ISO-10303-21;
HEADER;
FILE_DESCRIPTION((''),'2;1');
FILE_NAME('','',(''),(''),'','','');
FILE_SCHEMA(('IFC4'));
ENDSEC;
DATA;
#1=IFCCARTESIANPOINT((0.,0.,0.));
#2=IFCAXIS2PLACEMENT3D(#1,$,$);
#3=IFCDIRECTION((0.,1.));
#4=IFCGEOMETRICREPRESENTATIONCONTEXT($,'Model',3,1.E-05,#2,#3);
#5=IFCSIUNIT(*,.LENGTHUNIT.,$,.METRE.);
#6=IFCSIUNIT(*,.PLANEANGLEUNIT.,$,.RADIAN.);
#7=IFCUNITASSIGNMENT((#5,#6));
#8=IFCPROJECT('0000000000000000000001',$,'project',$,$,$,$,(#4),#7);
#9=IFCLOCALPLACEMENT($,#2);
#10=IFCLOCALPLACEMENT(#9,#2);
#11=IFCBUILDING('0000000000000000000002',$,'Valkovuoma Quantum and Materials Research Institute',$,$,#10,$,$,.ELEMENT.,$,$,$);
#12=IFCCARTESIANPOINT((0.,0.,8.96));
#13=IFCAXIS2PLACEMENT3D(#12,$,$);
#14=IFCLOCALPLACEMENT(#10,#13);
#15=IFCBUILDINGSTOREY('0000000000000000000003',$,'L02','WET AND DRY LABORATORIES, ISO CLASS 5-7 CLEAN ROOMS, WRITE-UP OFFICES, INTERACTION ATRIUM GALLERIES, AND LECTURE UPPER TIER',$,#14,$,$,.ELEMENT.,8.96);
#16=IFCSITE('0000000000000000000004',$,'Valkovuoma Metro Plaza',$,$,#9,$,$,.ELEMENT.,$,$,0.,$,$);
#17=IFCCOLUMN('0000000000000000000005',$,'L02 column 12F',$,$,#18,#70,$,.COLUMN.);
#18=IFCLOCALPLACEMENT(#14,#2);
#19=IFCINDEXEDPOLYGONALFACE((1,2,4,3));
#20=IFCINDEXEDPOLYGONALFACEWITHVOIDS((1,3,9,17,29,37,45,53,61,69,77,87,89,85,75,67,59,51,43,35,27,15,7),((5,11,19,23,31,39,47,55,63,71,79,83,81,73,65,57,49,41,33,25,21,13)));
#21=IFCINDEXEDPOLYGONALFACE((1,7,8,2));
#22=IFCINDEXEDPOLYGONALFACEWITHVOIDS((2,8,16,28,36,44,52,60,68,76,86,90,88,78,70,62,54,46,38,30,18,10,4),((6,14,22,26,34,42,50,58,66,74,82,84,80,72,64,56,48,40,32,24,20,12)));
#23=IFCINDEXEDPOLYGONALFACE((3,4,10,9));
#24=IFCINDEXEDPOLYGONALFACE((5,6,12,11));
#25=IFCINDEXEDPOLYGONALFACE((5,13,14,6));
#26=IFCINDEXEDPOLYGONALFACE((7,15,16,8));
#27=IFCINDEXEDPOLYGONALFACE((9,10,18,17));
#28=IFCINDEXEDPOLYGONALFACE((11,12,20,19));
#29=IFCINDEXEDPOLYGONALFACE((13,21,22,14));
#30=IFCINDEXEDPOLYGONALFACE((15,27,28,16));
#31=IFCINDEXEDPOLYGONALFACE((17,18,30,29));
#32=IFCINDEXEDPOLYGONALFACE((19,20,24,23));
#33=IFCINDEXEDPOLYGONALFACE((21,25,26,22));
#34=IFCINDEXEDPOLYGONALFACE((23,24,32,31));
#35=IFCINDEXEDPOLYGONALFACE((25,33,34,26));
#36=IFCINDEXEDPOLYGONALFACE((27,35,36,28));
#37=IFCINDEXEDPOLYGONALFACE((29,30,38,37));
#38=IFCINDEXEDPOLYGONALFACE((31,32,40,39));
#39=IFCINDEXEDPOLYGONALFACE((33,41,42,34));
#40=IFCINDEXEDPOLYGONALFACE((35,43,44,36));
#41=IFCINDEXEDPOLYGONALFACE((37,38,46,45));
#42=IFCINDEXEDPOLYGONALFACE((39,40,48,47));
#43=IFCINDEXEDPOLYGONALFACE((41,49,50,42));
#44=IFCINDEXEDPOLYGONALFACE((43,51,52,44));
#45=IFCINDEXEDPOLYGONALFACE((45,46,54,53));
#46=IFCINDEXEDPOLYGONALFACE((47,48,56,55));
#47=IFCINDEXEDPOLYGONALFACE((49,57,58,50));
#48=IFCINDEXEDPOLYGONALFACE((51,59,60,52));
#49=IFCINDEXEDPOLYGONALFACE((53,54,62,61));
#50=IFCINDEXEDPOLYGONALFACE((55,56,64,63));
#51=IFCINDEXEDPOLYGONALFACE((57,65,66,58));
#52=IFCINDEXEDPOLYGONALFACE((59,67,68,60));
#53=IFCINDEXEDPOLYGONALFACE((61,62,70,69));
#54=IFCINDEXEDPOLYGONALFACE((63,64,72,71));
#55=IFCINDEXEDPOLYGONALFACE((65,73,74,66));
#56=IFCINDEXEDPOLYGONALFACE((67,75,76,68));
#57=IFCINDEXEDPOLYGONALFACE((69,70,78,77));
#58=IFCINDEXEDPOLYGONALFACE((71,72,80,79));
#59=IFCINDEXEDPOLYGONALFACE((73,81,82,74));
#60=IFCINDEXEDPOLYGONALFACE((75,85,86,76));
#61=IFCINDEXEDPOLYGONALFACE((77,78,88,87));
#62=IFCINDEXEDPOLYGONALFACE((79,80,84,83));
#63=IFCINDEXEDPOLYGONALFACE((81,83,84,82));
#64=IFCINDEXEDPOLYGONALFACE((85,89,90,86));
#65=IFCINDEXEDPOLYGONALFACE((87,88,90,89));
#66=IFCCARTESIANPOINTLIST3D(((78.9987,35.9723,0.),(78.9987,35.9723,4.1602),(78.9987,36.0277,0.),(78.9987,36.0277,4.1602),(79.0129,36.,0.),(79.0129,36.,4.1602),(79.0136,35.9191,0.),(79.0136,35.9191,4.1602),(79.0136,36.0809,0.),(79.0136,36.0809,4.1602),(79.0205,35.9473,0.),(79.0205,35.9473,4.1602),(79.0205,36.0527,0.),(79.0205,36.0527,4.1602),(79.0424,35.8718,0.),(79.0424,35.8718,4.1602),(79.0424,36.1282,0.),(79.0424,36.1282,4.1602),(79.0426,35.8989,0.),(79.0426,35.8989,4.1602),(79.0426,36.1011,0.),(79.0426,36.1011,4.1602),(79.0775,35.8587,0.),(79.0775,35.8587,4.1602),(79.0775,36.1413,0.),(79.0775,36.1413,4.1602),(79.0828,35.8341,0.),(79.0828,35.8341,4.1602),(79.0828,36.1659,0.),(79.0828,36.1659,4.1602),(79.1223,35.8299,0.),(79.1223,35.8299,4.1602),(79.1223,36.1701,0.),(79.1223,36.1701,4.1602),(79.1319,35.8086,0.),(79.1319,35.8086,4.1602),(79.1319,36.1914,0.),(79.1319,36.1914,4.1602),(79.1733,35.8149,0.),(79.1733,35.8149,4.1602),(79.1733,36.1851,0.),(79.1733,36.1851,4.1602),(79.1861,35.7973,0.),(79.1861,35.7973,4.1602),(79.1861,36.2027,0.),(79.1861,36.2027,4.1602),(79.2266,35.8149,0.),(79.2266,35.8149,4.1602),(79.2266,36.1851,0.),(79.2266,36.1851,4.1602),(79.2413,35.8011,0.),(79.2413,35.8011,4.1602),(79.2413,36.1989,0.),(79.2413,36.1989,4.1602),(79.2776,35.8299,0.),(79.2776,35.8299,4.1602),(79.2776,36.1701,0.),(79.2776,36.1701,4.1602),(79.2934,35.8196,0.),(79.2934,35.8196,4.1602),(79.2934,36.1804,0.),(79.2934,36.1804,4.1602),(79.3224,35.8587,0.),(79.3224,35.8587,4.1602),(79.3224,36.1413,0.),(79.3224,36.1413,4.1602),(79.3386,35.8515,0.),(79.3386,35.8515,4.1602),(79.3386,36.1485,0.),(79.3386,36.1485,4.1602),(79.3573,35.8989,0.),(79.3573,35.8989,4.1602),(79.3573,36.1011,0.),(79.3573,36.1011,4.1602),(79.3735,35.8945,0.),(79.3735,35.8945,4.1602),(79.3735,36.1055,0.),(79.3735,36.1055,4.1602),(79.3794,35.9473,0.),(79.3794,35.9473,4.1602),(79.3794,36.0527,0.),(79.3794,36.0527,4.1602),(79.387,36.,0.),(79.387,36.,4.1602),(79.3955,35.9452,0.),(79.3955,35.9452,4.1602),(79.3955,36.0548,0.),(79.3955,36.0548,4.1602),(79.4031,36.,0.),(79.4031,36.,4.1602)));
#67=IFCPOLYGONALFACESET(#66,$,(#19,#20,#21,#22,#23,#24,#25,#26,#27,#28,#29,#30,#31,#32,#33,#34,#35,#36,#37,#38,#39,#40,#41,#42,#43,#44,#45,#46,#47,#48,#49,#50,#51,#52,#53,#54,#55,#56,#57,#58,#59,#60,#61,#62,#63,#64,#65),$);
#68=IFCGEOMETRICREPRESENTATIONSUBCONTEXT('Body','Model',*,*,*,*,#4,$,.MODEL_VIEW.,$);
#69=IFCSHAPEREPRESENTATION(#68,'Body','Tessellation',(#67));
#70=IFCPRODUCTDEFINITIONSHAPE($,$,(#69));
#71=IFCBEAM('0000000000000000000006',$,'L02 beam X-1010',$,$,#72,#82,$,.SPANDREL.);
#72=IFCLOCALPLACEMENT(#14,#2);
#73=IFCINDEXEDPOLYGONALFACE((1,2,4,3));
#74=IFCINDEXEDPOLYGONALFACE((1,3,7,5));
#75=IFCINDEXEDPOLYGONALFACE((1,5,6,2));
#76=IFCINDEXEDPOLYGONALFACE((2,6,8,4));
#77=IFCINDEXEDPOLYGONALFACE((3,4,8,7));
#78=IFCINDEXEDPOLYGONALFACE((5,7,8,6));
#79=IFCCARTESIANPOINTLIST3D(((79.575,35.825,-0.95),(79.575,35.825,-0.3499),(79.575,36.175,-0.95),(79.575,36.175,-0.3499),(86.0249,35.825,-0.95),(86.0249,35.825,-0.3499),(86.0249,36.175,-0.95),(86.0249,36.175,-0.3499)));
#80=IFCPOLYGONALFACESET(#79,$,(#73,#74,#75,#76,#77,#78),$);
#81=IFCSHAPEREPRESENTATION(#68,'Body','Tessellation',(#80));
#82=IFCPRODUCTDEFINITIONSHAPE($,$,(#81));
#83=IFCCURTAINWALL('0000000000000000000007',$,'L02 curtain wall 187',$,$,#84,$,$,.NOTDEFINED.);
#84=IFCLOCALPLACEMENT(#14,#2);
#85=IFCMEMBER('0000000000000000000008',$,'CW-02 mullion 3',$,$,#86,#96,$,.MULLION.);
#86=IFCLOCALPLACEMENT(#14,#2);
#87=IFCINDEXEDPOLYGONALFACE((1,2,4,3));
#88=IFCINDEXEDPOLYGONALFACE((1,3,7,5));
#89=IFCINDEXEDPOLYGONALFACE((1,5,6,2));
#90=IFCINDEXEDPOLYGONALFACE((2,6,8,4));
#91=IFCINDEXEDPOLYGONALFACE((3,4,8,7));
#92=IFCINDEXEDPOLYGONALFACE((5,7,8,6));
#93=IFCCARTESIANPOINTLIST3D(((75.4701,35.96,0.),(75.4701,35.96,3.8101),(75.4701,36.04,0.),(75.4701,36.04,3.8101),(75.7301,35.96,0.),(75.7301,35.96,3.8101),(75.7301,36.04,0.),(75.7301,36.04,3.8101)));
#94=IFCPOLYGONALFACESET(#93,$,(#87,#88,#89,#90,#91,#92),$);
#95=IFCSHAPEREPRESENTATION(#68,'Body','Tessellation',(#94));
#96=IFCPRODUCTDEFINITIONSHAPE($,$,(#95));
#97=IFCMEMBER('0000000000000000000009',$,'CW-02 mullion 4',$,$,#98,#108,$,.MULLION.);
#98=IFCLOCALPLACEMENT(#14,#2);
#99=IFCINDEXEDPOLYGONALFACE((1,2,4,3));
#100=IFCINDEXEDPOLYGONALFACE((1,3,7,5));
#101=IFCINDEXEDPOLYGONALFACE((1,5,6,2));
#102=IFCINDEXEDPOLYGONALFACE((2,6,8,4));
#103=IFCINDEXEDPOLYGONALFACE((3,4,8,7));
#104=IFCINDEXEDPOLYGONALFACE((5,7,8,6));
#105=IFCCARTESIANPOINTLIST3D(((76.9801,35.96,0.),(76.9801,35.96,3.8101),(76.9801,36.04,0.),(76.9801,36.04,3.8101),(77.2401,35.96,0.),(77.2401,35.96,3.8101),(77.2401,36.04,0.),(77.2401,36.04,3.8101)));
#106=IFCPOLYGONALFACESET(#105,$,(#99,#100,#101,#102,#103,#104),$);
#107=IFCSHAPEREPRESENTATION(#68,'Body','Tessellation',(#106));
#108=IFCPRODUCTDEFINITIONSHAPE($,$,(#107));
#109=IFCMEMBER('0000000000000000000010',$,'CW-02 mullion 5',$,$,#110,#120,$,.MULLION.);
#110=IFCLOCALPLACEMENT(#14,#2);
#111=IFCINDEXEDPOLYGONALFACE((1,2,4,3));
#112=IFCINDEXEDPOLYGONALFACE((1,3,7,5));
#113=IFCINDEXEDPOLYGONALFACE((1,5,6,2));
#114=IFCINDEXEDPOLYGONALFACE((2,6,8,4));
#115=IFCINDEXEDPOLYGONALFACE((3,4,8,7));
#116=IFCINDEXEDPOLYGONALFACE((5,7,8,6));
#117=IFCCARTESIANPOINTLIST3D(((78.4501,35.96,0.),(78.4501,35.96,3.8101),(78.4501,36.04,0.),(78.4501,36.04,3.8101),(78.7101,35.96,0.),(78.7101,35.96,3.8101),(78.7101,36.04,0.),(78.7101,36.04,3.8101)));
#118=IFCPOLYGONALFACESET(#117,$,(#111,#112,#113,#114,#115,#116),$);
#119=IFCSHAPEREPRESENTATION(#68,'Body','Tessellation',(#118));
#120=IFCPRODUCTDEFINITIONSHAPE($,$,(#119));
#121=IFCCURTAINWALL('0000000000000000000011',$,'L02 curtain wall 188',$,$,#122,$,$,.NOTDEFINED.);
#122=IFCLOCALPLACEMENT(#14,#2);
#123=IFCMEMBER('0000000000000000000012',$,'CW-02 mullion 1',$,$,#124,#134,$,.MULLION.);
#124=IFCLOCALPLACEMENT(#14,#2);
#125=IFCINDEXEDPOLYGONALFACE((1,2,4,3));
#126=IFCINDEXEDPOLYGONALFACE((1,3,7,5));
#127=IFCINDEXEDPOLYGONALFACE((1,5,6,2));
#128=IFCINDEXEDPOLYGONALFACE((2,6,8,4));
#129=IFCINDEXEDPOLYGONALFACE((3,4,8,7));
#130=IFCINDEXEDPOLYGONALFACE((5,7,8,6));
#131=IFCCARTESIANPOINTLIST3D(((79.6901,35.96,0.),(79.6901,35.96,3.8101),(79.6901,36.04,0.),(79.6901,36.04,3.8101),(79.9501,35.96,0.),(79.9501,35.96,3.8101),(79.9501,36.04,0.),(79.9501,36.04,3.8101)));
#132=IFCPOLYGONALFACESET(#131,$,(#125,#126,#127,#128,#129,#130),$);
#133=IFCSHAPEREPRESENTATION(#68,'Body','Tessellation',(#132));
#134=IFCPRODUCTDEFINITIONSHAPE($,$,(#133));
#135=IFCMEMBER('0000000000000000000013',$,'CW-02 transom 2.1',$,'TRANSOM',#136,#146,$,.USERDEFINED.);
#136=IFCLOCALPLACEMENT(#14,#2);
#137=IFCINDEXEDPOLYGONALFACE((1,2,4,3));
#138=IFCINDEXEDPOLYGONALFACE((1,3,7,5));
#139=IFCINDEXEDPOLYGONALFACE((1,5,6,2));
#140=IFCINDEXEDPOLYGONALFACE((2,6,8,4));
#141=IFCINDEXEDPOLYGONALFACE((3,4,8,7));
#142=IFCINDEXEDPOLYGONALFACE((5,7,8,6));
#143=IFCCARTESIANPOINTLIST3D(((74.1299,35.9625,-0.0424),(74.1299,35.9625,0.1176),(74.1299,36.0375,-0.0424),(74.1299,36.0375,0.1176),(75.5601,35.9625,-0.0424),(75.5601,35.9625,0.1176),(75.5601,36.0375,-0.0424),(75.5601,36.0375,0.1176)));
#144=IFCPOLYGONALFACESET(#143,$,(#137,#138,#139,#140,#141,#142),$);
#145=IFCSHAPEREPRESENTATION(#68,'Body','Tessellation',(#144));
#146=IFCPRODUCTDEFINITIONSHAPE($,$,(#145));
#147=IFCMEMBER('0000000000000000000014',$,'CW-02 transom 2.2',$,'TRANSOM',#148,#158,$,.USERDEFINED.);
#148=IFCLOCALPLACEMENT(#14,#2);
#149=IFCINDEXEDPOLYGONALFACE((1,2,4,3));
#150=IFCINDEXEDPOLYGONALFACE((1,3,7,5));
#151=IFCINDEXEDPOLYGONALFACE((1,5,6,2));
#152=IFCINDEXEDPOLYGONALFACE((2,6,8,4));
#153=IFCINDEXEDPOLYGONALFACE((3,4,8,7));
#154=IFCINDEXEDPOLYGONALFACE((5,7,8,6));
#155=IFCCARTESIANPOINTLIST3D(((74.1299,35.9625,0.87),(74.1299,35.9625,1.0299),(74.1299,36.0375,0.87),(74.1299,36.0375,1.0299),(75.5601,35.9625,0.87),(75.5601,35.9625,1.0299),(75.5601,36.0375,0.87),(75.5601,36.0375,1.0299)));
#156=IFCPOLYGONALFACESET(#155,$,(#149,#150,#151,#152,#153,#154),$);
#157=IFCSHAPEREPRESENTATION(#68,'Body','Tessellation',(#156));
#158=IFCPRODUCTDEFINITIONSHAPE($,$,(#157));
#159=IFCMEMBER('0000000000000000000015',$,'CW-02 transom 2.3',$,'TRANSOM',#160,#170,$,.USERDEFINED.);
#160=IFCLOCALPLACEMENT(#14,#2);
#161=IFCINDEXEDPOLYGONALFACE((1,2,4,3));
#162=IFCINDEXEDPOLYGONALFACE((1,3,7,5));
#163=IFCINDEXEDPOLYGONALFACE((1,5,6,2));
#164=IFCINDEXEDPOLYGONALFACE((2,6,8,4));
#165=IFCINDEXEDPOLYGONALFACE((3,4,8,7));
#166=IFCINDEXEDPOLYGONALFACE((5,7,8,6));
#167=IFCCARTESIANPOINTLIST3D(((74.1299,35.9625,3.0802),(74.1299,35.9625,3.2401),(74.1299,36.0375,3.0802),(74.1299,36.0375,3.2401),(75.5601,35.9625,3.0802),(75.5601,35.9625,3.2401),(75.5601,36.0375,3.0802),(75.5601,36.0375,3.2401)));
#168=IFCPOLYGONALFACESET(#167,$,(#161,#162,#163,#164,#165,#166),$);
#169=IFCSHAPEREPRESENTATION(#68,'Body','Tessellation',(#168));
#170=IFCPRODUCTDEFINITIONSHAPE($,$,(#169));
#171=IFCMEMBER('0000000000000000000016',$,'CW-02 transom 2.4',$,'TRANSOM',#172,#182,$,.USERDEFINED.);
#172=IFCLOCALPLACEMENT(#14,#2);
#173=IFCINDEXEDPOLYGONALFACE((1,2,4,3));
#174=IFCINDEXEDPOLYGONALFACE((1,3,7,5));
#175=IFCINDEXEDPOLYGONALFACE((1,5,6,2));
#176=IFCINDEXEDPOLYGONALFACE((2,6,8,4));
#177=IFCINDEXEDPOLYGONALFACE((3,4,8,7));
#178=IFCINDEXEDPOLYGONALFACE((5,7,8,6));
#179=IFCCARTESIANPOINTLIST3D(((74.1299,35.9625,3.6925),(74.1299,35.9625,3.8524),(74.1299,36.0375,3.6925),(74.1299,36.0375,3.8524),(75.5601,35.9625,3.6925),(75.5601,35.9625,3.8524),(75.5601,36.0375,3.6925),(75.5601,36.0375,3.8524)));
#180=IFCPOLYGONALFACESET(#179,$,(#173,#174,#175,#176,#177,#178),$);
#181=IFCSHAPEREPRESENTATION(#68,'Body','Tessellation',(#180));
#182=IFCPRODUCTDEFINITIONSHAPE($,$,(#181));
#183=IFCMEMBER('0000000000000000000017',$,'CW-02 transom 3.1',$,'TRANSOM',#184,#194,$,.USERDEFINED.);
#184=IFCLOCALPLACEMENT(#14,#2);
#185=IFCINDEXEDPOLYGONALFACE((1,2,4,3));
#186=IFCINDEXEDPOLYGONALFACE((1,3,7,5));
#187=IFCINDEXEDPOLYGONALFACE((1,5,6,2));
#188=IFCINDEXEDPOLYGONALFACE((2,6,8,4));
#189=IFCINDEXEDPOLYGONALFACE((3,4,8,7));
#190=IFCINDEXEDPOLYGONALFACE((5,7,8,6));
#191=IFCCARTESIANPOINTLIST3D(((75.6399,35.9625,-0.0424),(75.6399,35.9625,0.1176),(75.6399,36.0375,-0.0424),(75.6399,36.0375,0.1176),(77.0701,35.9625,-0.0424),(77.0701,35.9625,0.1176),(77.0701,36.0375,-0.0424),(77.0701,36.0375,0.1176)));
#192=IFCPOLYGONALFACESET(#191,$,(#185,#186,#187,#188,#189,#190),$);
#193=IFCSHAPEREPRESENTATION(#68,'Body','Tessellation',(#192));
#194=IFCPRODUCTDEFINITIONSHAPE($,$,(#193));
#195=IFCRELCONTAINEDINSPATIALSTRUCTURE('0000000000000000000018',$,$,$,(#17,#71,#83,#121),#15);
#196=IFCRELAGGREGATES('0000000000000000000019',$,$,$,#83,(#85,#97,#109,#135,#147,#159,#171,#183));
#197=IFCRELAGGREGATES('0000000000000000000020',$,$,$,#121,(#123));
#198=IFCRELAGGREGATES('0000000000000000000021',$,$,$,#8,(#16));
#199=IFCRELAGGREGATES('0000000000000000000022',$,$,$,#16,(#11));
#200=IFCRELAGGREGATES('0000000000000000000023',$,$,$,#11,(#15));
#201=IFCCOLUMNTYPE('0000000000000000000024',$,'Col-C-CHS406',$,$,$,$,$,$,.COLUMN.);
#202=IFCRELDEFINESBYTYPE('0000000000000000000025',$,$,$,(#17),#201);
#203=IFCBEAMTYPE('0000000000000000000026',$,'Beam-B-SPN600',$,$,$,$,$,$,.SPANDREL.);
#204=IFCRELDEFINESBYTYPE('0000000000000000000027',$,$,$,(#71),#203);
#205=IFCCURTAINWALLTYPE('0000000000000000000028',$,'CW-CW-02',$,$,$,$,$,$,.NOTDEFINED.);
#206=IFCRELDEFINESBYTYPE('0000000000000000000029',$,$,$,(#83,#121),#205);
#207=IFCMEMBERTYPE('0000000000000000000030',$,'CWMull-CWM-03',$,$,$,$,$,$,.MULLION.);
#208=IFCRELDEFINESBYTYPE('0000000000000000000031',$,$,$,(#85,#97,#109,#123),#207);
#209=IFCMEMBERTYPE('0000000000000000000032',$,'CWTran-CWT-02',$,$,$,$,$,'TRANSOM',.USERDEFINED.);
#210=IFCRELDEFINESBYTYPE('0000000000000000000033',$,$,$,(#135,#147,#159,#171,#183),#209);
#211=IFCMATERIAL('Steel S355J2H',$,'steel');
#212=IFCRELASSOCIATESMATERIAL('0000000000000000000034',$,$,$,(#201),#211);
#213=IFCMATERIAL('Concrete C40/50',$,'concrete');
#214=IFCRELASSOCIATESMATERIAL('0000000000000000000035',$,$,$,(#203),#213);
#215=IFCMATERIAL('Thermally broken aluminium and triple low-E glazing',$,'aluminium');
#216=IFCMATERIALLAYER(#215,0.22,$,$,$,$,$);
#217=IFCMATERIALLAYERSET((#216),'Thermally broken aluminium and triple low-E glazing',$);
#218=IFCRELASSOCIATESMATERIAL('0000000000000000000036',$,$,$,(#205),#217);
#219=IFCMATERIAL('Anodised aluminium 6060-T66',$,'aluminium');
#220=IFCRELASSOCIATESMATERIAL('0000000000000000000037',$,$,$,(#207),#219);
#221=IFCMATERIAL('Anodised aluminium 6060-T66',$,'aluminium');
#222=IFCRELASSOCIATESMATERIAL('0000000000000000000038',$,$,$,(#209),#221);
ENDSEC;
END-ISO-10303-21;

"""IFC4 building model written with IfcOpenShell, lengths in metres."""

from ifc_helpers import new_model, si_unit, direction, frame, origin, origin_2d, place, context, subcontext, project, spatial, rectangle, hollow_circle, extrude, material, layer, layer_set, material_profile, profile_set, type_object, element, aggregate, save


model = new_model("IFC4")

# Units and contexts
model_context = context("Model", 3, precision=1e-05, world=origin(), true_north=direction((0.0, 1.0)))
body_context = subcontext(model_context, "Body", "Model", "MODEL_VIEW")
ifc_project = project(units=[si_unit("LENGTHUNIT", "METRE"), si_unit("PLANEANGLEUNIT", "RADIAN")], contexts=[model_context])

# Site, building, storey
site_placement = place(None, origin())
site = spatial("IfcSite", under=ifc_project, at=site_placement, Name="Valkovuoma Metro Plaza", CompositionType="ELEMENT", RefElevation=0.0)
building_placement = place(site_placement, origin())
building = spatial("IfcBuilding", under=site, at=building_placement, Name="Valkovuoma Quantum and Materials Research Institute", CompositionType="ELEMENT")
storey_placement = place(building_placement, frame((0.0, 0.0, 8.96)))
storey = spatial("IfcBuildingStorey", under=building, at=storey_placement, Name="L02", Description="WET AND DRY LABORATORIES, ISO CLASS 5-7 CLEAN ROOMS, WRITE-UP OFFICES, INTERACTION ATRIUM GALLERIES, AND LECTURE UPPER TIER", CompositionType="ELEMENT", Elevation=8.96)

# Column
ifc_material_1 = material(Name="Steel S355J2H", Category="steel")
ifc_material_profile_1 = material_profile(ifc_material_1, hollow_circle(Radius=0.2031, WallThickness=0.0161, at=origin_2d()), Name="Steel S355J2H")
ifc_profile_set_1 = profile_set([ifc_material_profile_1], Name="Steel S355J2H")
column_type = type_object("IfcColumnType", Name="Col-C-CHS406", PredefinedType="COLUMN", material=ifc_profile_set_1)
column_placement = place(storey_placement, frame((79.2, 36.0, 0.0), z_axis=(0.0, 0.0, 1.0), x_axis=(1.0, 0.0, 0.0)))
element("IfcColumn", 1, at=column_placement, inside=storey, type_object=column_type, Name="L02 column 12F", PredefinedType="COLUMN", context=body_context, shape_type="SweptSolid", body=[
    extrude(hollow_circle(Radius=0.2031, WallThickness=0.0161, at=origin_2d()), origin(), (0.0, 0.0, 1.0), 4.1602),
])

# Beam
ifc_material_2 = material(Name="Concrete C40/50", Category="concrete")
ifc_material_profile_2 = material_profile(ifc_material_2, rectangle(XDim=0.3501, YDim=0.6001, at=origin_2d()), Name="Concrete C40/50")
ifc_profile_set_2 = profile_set([ifc_material_profile_2], Name="Concrete C40/50")
beam_type = type_object("IfcBeamType", Name="Beam-B-SPN600", PredefinedType="SPANDREL", material=ifc_profile_set_2)
beam_placement = place(storey_placement, frame((79.575, 36.0, -0.6499), z_axis=(1.0, 0.0, 0.0), x_axis=(0.0, 1.0, 0.0)))
element("IfcBeam", 2, at=beam_placement, inside=storey, type_object=beam_type, Name="L02 beam X-1010", PredefinedType="SPANDREL", context=body_context, shape_type="SweptSolid", body=[
    extrude(rectangle(XDim=0.3501, YDim=0.6001, at=origin_2d()), origin(), (0.0, 0.0, 1.0), 6.45),
])

# Curtain wall, members
ifc_material_3 = material(Name="Thermally broken aluminium and triple low-E glazing", Category="aluminium")
ifc_layer_1 = layer(ifc_material_3, 0.22)
ifc_layer_set_1 = layer_set([ifc_layer_1], Name="Thermally broken aluminium and triple low-E glazing")
curtain_wall_type = type_object("IfcCurtainWallType", Name="CW-CW-02", PredefinedType="NOTDEFINED", material=ifc_layer_set_1)
curtain_wall_1_placement = place(storey_placement, origin())
curtain_wall_1 = element("IfcCurtainWall", 3, at=curtain_wall_1_placement, inside=storey, type_object=curtain_wall_type, Name="L02 curtain wall 187", PredefinedType="NOTDEFINED")
ifc_material_4 = material(Name="Anodised aluminium 6060-T66", Category="aluminium")
ifc_material_profile_3 = material_profile(ifc_material_4, rectangle(XDim=0.0801, YDim=0.26, at=origin_2d()), Name="Anodised aluminium 6060-T66")
ifc_profile_set_3 = profile_set([ifc_material_profile_3], Name="Anodised aluminium 6060-T66")
member_type_1 = type_object("IfcMemberType", Name="CWMull-CWM-03", PredefinedType="MULLION", material=ifc_profile_set_3)
member_1_placement = place(storey_placement, frame((75.6001, 36.0, 0.0), z_axis=(0.0, 0.0, 1.0), x_axis=(0.0, 1.0, 0.0)))
member_1 = element("IfcMember", 4, at=member_1_placement, type_object=member_type_1, Name="CW-02 mullion 3", PredefinedType="MULLION", context=body_context, shape_type="SweptSolid", body=[
    extrude(rectangle(XDim=0.0801, YDim=0.26, at=origin_2d()), origin(), (0.0, 0.0, 1.0), 3.8101),
])
member_2_placement = place(storey_placement, frame((77.1101, 36.0, 0.0), z_axis=(0.0, 0.0, 1.0), x_axis=(0.0, 1.0, 0.0)))
member_2 = element("IfcMember", 5, at=member_2_placement, type_object=member_type_1, Name="CW-02 mullion 4", PredefinedType="MULLION", context=body_context, shape_type="SweptSolid", body=[
    extrude(rectangle(XDim=0.0801, YDim=0.26, at=origin_2d()), origin(), (0.0, 0.0, 1.0), 3.8101),
])
member_3_placement = place(storey_placement, frame((78.5801, 36.0, 0.0), z_axis=(0.0, 0.0, 1.0), x_axis=(0.0, 1.0, 0.0)))
member_3 = element("IfcMember", 6, at=member_3_placement, type_object=member_type_1, Name="CW-02 mullion 5", PredefinedType="MULLION", context=body_context, shape_type="SweptSolid", body=[
    extrude(rectangle(XDim=0.0801, YDim=0.26, at=origin_2d()), origin(), (0.0, 0.0, 1.0), 3.8101),
])

# Curtain wall, member
curtain_wall_2_placement = place(storey_placement, origin())
curtain_wall_2 = element("IfcCurtainWall", 7, at=curtain_wall_2_placement, inside=storey, type_object=curtain_wall_type, Name="L02 curtain wall 188", PredefinedType="NOTDEFINED")
member_4_placement = place(storey_placement, frame((79.8201, 36.0, 0.0), z_axis=(0.0, 0.0, 1.0), x_axis=(0.0, 1.0, 0.0)))
member_4 = element("IfcMember", 8, at=member_4_placement, type_object=member_type_1, Name="CW-02 mullion 1", PredefinedType="MULLION", context=body_context, shape_type="SweptSolid", body=[
    extrude(rectangle(XDim=0.0801, YDim=0.26, at=origin_2d()), origin(), (0.0, 0.0, 1.0), 3.8101),
])

# Members
ifc_material_5 = material(Name="Anodised aluminium 6060-T66", Category="aluminium")
ifc_material_profile_4 = material_profile(ifc_material_5, rectangle(XDim=0.075, YDim=0.1599, at=origin_2d()), Name="Anodised aluminium 6060-T66")
ifc_profile_set_4 = profile_set([ifc_material_profile_4], Name="Anodised aluminium 6060-T66")
member_type_2 = type_object("IfcMemberType", Name="CWTran-CWT-02", ElementType="TRANSOM", PredefinedType="USERDEFINED", material=ifc_profile_set_4)
member_5_placement = place(storey_placement, frame((74.1299, 36.0, 0.0376), z_axis=(1.0, 0.0, 0.0), x_axis=(0.0, 1.0, 0.0)))
member_5 = element("IfcMember", 9, at=member_5_placement, type_object=member_type_2, Name="CW-02 transom 2.1", ObjectType="TRANSOM", PredefinedType="USERDEFINED", context=body_context, shape_type="SweptSolid", body=[
    extrude(rectangle(XDim=0.075, YDim=0.1599, at=origin_2d()), origin(), (0.0, 0.0, 1.0), 1.4302),
])
member_6_placement = place(storey_placement, frame((74.1299, 36.0, 0.95), z_axis=(1.0, 0.0, 0.0), x_axis=(0.0, 1.0, 0.0)))
member_6 = element("IfcMember", 10, at=member_6_placement, type_object=member_type_2, Name="CW-02 transom 2.2", ObjectType="TRANSOM", PredefinedType="USERDEFINED", context=body_context, shape_type="SweptSolid", body=[
    extrude(rectangle(XDim=0.075, YDim=0.1599, at=origin_2d()), origin(), (0.0, 0.0, 1.0), 1.4302),
])
member_7_placement = place(storey_placement, frame((74.1299, 36.0, 3.1602), z_axis=(1.0, 0.0, 0.0), x_axis=(0.0, 1.0, 0.0)))
member_7 = element("IfcMember", 11, at=member_7_placement, type_object=member_type_2, Name="CW-02 transom 2.3", ObjectType="TRANSOM", PredefinedType="USERDEFINED", context=body_context, shape_type="SweptSolid", body=[
    extrude(rectangle(XDim=0.075, YDim=0.1599, at=origin_2d()), origin(), (0.0, 0.0, 1.0), 1.4302),
])
member_8_placement = place(storey_placement, frame((74.1299, 36.0, 3.7725), z_axis=(1.0, 0.0, 0.0), x_axis=(0.0, 1.0, 0.0)))
member_8 = element("IfcMember", 12, at=member_8_placement, type_object=member_type_2, Name="CW-02 transom 2.4", ObjectType="TRANSOM", PredefinedType="USERDEFINED", context=body_context, shape_type="SweptSolid", body=[
    extrude(rectangle(XDim=0.075, YDim=0.1599, at=origin_2d()), origin(), (0.0, 0.0, 1.0), 1.4302),
])
member_9_placement = place(storey_placement, frame((75.6399, 36.0, 0.0376), z_axis=(1.0, 0.0, 0.0), x_axis=(0.0, 1.0, 0.0)))
member_9 = element("IfcMember", 13, at=member_9_placement, type_object=member_type_2, Name="CW-02 transom 3.1", ObjectType="TRANSOM", PredefinedType="USERDEFINED", context=body_context, shape_type="SweptSolid", body=[
    extrude(rectangle(XDim=0.075, YDim=0.1599, at=origin_2d()), origin(), (0.0, 0.0, 1.0), 1.4302),
])

aggregate(curtain_wall_1, [member_1, member_2, member_3, member_5, member_6, member_7, member_8, member_9])
aggregate(curtain_wall_2, [member_4])

save(model, "model.ifc")
